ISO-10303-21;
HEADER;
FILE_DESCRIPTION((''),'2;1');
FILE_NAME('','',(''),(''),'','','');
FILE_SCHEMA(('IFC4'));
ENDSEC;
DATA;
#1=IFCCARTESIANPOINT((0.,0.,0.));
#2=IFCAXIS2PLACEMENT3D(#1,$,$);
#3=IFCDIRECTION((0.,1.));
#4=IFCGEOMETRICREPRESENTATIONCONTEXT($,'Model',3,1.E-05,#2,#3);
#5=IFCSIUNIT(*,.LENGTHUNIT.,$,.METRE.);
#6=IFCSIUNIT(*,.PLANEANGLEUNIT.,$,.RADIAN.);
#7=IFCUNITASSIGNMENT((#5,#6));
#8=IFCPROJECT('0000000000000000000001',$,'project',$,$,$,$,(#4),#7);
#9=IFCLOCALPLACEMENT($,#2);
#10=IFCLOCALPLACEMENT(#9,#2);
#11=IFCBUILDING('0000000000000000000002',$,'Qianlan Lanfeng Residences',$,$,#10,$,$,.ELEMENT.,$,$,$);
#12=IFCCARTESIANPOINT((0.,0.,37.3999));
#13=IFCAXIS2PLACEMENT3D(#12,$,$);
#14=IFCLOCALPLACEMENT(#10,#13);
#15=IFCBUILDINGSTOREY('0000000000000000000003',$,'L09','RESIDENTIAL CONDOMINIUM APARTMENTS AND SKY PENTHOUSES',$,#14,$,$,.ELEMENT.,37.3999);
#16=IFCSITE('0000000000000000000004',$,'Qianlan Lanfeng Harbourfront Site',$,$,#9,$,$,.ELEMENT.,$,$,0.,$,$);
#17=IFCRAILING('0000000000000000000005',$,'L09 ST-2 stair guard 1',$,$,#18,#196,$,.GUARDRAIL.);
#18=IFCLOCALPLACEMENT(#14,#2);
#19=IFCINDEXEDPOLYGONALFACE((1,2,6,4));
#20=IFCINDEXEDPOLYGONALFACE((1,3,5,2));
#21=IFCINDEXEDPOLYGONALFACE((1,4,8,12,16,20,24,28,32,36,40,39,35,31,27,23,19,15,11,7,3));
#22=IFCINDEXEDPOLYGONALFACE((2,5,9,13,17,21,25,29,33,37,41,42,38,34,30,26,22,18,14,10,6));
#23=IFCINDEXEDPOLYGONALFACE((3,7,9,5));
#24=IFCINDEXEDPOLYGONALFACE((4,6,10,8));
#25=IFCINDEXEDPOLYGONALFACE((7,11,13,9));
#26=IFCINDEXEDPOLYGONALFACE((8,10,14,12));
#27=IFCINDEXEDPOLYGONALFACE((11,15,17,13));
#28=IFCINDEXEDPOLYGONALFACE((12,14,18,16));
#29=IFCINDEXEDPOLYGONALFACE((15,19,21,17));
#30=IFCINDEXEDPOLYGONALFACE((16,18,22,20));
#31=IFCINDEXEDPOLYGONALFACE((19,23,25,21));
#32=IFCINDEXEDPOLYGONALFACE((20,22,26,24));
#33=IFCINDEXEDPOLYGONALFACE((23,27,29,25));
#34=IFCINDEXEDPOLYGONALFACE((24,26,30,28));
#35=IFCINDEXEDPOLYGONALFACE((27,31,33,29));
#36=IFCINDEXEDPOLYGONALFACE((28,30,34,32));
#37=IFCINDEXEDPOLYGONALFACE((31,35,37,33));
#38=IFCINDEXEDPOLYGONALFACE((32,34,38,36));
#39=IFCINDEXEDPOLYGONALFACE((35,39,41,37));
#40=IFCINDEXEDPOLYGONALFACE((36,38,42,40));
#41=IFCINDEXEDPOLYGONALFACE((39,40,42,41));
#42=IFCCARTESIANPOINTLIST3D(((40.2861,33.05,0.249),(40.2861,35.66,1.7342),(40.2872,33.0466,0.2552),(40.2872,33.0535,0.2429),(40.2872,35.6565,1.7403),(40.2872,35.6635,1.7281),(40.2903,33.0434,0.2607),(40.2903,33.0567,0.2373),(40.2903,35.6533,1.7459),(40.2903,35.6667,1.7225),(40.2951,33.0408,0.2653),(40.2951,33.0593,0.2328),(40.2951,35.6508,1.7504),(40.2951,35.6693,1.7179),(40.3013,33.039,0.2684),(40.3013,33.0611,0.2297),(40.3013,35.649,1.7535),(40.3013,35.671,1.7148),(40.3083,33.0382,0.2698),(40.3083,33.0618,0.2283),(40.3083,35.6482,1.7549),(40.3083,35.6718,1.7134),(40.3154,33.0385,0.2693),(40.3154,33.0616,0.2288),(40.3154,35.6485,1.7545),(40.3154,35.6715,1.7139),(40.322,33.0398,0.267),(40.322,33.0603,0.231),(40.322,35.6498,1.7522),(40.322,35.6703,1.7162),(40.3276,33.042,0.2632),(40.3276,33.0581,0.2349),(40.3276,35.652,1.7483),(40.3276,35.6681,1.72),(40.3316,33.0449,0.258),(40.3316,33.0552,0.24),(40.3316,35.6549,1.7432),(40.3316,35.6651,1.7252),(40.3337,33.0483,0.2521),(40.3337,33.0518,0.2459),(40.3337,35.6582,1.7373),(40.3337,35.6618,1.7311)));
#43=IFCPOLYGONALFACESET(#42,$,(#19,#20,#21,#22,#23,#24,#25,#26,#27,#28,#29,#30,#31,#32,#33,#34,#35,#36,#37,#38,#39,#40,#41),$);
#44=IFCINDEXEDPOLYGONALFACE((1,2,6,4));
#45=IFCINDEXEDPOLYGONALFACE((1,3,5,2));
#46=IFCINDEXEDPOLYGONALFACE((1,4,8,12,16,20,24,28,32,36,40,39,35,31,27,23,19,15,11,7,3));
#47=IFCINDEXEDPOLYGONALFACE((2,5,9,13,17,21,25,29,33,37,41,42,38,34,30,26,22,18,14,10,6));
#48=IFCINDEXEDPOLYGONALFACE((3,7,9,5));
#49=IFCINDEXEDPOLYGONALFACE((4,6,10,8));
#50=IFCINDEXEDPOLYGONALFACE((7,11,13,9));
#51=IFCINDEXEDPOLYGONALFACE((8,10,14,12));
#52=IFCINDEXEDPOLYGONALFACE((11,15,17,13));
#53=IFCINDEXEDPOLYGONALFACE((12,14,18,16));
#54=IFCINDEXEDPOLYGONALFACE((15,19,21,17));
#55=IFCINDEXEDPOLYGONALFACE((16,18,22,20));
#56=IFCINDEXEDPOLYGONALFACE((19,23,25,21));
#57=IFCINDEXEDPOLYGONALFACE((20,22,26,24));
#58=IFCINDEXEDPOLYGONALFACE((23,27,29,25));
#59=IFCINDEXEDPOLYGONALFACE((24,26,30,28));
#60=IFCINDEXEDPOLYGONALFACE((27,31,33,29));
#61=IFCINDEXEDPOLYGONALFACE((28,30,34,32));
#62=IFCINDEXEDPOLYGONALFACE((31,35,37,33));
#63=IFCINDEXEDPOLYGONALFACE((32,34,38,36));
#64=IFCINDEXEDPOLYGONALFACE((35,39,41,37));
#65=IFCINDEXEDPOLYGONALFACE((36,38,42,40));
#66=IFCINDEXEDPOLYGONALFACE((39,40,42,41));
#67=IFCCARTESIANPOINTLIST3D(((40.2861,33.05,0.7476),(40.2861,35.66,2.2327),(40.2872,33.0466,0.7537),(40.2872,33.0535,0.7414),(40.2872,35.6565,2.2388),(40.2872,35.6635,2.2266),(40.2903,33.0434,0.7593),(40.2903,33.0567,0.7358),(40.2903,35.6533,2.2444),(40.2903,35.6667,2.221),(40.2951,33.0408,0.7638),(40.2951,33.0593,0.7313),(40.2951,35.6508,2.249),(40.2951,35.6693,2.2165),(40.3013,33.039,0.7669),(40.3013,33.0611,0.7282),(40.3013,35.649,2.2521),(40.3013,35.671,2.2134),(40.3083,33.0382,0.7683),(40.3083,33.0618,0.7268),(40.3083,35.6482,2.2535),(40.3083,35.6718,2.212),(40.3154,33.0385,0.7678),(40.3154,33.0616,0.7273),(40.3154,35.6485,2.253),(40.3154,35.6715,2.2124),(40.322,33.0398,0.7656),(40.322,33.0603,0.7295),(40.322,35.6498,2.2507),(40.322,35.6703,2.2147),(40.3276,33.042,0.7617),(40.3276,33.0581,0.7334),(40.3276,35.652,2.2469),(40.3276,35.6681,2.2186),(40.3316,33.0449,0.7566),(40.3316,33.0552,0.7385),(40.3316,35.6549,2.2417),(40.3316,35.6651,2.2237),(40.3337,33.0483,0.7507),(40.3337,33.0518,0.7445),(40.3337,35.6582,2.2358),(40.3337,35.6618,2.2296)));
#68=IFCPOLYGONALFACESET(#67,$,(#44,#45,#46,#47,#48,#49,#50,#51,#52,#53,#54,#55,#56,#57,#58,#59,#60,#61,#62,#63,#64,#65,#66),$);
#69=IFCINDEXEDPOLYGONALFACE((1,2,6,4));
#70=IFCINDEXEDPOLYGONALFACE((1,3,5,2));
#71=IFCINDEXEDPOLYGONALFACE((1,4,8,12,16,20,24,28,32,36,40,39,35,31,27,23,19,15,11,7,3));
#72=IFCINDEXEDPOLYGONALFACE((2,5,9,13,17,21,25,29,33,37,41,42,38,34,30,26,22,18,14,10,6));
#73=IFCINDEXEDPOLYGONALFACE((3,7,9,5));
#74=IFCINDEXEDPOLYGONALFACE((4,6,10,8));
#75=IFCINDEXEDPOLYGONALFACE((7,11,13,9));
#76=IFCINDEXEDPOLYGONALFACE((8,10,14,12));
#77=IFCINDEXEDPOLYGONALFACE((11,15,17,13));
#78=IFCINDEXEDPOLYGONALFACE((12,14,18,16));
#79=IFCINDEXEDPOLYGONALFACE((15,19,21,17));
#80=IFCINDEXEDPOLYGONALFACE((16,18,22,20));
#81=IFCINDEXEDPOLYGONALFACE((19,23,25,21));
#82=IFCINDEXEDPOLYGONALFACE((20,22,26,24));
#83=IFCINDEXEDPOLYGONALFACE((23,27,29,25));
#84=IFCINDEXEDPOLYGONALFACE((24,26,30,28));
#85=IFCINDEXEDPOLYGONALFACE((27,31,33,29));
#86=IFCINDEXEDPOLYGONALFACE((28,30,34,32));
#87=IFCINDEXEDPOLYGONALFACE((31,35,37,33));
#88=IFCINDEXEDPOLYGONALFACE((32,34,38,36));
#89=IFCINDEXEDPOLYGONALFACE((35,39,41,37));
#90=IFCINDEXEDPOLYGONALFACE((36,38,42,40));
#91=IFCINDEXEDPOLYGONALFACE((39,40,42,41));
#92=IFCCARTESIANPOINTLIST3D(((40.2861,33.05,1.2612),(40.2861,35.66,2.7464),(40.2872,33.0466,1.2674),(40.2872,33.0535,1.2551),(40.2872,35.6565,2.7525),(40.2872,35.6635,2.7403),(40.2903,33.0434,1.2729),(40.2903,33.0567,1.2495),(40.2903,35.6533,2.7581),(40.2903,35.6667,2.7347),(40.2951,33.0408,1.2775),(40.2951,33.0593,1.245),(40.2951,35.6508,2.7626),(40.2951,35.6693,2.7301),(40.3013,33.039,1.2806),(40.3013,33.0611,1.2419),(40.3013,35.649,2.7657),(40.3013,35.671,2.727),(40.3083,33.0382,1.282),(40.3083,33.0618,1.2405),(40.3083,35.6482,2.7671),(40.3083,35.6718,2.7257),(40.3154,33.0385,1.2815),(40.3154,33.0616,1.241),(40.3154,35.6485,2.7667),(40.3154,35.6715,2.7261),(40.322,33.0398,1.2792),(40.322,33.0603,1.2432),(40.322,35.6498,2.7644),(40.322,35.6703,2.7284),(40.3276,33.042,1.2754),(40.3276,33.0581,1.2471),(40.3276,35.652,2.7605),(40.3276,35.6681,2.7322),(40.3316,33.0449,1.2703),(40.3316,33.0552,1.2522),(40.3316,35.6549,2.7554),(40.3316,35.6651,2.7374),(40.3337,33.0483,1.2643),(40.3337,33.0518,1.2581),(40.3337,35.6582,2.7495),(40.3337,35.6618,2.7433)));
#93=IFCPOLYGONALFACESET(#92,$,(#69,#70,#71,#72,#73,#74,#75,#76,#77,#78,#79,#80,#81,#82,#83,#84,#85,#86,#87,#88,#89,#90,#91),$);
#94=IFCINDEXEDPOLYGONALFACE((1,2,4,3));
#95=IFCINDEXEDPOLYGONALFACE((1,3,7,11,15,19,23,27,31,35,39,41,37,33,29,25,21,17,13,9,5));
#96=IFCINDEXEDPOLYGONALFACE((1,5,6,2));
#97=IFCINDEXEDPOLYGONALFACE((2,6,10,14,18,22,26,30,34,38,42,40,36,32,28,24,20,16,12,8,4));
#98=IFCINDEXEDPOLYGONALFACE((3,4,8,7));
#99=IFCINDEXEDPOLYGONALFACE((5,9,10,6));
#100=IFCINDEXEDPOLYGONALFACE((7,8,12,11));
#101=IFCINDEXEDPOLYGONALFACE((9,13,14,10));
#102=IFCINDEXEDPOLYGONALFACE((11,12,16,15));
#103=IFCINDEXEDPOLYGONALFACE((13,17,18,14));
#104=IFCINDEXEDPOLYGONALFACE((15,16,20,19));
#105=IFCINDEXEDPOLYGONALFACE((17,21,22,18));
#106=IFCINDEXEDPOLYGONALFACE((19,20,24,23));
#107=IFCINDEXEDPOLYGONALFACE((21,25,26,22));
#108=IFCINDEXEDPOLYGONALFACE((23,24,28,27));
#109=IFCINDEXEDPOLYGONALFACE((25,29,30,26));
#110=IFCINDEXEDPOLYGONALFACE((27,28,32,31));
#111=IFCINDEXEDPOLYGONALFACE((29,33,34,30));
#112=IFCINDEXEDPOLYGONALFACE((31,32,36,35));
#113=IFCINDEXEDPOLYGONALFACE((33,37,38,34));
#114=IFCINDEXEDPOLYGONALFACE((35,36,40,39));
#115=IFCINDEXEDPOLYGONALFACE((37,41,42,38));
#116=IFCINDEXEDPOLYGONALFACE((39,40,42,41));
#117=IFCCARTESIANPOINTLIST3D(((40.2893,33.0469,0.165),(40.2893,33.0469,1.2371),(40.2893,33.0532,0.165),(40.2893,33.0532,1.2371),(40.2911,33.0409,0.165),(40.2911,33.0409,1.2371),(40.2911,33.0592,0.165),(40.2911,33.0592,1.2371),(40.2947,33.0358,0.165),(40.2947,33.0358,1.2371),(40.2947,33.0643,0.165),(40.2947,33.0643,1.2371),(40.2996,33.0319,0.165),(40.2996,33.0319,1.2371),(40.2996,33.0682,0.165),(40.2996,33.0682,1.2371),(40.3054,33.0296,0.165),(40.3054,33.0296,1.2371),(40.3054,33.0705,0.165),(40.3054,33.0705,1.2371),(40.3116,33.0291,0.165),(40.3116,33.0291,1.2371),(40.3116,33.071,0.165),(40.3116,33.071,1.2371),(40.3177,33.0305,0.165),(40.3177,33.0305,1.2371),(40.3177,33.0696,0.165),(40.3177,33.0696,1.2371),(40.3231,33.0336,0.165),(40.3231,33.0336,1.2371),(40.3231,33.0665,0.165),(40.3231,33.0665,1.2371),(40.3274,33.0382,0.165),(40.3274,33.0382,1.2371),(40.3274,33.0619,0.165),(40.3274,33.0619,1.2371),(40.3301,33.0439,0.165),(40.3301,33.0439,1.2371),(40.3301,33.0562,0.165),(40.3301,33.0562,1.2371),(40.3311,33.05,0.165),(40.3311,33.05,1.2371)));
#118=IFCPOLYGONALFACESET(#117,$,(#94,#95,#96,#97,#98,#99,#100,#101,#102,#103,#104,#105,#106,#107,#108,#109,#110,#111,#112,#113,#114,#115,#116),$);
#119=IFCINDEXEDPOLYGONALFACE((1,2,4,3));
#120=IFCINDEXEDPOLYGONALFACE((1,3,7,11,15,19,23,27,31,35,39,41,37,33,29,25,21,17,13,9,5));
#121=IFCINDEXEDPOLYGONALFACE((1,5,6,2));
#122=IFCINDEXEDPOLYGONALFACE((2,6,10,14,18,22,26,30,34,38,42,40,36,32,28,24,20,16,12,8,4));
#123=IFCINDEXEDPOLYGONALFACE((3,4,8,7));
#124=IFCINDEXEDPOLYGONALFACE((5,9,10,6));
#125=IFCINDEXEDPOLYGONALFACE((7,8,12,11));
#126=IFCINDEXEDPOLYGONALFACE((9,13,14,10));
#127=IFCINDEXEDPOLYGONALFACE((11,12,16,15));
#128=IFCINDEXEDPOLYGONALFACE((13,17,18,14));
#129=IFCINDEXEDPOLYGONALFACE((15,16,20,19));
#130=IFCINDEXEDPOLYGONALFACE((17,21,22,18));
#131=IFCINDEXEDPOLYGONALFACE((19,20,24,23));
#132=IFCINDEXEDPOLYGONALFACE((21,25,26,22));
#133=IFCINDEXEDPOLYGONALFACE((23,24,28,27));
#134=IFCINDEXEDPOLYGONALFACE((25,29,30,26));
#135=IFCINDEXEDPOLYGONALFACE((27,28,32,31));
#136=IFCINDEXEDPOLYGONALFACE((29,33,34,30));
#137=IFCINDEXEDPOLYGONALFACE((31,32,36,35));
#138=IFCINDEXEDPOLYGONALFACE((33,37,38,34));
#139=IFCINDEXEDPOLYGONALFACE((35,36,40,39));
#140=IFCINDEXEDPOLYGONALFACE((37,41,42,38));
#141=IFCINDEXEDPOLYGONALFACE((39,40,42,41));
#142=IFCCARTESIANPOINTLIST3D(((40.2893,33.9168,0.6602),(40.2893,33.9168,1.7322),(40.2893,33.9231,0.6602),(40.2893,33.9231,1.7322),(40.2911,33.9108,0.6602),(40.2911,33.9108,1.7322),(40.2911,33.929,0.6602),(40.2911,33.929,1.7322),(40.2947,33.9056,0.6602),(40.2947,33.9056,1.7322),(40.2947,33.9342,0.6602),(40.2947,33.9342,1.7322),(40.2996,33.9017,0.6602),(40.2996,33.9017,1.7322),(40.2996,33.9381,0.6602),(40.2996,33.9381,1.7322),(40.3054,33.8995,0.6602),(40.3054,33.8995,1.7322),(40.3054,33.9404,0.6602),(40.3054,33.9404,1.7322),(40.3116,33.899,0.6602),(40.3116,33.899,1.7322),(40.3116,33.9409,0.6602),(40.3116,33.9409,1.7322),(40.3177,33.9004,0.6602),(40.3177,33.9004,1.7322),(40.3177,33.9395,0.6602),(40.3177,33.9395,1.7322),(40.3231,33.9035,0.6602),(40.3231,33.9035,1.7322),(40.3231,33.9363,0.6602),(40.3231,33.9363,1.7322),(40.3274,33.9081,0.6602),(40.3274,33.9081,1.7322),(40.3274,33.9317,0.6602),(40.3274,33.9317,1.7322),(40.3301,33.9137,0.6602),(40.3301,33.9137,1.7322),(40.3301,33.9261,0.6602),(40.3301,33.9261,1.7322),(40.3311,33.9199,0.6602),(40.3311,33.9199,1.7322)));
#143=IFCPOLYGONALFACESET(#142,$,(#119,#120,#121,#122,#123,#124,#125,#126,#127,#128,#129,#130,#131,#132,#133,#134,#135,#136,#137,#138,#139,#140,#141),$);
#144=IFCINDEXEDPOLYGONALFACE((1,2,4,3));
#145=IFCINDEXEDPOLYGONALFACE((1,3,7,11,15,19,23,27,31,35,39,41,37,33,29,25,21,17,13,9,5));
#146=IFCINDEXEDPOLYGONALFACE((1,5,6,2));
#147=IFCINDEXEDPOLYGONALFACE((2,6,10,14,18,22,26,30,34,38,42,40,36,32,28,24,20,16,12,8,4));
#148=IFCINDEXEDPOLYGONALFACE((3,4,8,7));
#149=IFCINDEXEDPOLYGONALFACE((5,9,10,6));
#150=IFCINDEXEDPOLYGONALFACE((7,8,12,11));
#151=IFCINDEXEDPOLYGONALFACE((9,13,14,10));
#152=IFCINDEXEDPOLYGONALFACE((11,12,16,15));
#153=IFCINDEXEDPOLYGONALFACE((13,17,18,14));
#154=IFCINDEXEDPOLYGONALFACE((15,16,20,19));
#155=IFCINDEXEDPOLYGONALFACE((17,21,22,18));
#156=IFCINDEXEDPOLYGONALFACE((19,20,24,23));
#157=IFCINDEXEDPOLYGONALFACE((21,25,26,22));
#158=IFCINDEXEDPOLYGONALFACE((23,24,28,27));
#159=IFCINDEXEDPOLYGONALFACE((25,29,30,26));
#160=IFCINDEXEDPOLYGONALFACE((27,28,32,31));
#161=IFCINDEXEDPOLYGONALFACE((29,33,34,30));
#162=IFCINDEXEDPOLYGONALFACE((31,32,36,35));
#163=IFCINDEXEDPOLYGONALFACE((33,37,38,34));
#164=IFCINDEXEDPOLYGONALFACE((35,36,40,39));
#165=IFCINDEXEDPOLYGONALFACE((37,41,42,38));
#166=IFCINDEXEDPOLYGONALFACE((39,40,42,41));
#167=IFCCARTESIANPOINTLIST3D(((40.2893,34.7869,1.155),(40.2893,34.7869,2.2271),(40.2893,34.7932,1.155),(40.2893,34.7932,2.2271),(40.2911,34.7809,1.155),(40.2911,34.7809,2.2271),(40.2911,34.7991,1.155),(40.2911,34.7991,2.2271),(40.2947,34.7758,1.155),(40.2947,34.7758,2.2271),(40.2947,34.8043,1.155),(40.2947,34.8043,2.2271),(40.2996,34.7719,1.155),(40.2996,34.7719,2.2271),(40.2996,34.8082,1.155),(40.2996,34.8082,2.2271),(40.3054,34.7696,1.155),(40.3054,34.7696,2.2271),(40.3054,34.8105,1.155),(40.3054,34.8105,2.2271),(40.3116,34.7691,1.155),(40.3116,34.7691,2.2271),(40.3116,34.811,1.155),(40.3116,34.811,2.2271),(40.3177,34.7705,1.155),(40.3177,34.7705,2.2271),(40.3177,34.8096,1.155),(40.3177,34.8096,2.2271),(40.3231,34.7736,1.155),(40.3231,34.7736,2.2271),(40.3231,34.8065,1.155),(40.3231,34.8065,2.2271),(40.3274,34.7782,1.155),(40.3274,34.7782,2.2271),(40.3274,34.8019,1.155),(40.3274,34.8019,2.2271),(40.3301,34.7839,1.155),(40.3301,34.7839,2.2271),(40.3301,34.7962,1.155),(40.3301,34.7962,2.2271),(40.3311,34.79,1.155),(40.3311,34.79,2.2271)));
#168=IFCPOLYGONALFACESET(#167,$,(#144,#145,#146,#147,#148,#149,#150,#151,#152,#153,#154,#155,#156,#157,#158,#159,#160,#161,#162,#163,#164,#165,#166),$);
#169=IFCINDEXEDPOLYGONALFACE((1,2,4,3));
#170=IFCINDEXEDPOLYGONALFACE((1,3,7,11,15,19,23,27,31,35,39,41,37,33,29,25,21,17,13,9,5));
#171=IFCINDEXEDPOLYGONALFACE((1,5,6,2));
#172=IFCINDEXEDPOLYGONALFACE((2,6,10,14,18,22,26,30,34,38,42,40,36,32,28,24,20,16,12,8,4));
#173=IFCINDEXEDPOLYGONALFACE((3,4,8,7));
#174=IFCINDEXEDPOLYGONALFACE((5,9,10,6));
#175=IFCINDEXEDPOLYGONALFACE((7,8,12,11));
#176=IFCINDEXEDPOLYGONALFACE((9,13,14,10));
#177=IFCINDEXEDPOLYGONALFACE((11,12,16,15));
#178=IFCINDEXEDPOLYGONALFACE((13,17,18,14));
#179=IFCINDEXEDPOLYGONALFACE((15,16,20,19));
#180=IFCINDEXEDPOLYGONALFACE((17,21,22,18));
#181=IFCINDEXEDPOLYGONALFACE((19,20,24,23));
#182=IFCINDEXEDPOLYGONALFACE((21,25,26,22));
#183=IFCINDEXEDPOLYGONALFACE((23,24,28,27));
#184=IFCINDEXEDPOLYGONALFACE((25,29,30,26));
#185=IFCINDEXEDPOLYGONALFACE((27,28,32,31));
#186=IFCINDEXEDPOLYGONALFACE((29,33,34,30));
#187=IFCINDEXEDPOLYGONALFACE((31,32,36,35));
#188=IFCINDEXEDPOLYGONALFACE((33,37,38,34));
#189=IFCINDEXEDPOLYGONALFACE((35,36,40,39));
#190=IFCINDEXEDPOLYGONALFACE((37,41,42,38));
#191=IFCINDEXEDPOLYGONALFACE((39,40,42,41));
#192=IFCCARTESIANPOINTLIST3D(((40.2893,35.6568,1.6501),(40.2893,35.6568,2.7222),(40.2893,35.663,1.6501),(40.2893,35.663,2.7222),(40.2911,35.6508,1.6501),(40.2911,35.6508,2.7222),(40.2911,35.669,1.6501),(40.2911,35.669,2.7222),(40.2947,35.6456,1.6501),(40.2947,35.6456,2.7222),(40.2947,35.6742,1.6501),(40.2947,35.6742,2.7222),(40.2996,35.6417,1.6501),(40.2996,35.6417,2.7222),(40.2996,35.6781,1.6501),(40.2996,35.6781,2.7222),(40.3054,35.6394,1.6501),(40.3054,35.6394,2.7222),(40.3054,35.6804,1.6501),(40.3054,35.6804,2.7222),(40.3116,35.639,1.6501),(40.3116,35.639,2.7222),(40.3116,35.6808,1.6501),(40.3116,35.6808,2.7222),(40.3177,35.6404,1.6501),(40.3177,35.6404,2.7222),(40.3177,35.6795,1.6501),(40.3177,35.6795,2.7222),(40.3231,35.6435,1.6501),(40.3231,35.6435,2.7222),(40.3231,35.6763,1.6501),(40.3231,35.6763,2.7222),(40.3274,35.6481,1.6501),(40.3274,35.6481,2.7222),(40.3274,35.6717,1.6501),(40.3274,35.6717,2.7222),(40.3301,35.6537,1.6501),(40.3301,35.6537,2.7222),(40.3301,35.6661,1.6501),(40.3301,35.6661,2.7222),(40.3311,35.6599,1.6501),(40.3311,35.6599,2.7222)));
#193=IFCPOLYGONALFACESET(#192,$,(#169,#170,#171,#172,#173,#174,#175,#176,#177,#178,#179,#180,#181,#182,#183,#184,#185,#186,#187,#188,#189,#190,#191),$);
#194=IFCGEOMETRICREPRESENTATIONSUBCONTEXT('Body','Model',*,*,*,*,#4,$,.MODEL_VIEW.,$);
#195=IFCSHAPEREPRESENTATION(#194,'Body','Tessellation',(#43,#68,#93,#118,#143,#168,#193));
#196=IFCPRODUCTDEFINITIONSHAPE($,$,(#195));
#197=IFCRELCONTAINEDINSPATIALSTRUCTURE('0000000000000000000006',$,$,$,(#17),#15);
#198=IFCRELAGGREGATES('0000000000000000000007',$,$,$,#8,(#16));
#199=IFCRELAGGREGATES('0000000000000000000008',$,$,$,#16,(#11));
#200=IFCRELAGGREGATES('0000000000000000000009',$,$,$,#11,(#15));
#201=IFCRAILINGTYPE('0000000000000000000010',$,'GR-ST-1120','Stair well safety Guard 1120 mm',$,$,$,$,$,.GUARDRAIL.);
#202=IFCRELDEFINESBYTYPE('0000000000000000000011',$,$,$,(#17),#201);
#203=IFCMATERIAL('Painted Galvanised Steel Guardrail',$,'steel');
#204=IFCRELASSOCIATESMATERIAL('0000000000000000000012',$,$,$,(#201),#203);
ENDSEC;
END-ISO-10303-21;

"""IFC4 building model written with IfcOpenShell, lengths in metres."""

from ifc_helpers import new_model, si_unit, direction, frame, origin, origin_2d, place, context, subcontext, project, spatial, circle, extrude, material, type_object, element, save


model = new_model("IFC4")

# Units and contexts
model_context = context("Model", 3, precision=1e-05, world=origin(), true_north=direction((0.0, 1.0)))
body_context = subcontext(model_context, "Body", "Model", "MODEL_VIEW")
ifc_project = project(units=[si_unit("LENGTHUNIT", "METRE"), si_unit("PLANEANGLEUNIT", "RADIAN")], contexts=[model_context])

# Site, building, storey
site_placement = place(None, origin())
site = spatial("IfcSite", under=ifc_project, at=site_placement, Name="Qianlan Lanfeng Harbourfront Site", CompositionType="ELEMENT", RefElevation=0.0)
building_placement = place(site_placement, origin())
building = spatial("IfcBuilding", under=site, at=building_placement, Name="Qianlan Lanfeng Residences", CompositionType="ELEMENT")
storey_placement = place(building_placement, frame((0.0, 0.0, 37.3999)))
storey = spatial("IfcBuildingStorey", under=building, at=storey_placement, Name="L09", Description="RESIDENTIAL CONDOMINIUM APARTMENTS AND SKY PENTHOUSES", CompositionType="ELEMENT", Elevation=37.3999)

# Railing
ifc_material_1 = material(Name="Painted Galvanised Steel Guardrail", Category="steel")
railing_type_1 = type_object("IfcRailingType", Name="GR-ST-1120", Description="Stair well safety Guard 1120 mm", PredefinedType="GUARDRAIL", material=ifc_material_1)
railing_1_placement = place(storey_placement, frame((40.3101, 33.05, 0.165)))
element("IfcRailing", 1, at=railing_1_placement, inside=storey, type_object=railing_type_1, Name="L09 ST-2 stair guard 1", PredefinedType="GUARDRAIL", context=body_context, shape_type="SweptSolid", body=[
    extrude(circle(Radius=0.0239, at=origin_2d()), frame((0.0, 0.0, 0.084), z_axis=(0.0, 0.869137, 0.494571), x_axis=(-1.0, 0.0, 0.0)), (0.0, 0.0, 1.0), 3.0029),
    extrude(circle(Radius=0.0239, at=origin_2d()), frame((0.0, 0.0, 0.5825), z_axis=(0.0, 0.869137, 0.494571), x_axis=(-1.0, 0.0, 0.0)), (0.0, 0.0, 1.0), 3.0029),
    extrude(circle(Radius=0.0239, at=origin_2d()), frame((0.0, 0.0, 1.0962), z_axis=(0.0, 0.869137, 0.494571), x_axis=(-1.0, 0.0, 0.0)), (0.0, 0.0, 1.0), 3.0029),
    extrude(circle(Radius=0.021, at=origin_2d()), origin(), (0.0, 0.0, 1.0), 1.072),
    extrude(circle(Radius=0.021, at=origin_2d()), frame((0.0, 0.8699, 0.4951)), (0.0, 0.0, 1.0), 1.072),
    extrude(circle(Radius=0.021, at=origin_2d()), frame((0.0, 1.74, 0.99)), (0.0, 0.0, 1.0), 1.072),
    extrude(circle(Radius=0.021, at=origin_2d()), frame((0.0, 2.6099, 1.4851)), (0.0, 0.0, 1.0), 1.072),
])

save(model, "model.ifc")
